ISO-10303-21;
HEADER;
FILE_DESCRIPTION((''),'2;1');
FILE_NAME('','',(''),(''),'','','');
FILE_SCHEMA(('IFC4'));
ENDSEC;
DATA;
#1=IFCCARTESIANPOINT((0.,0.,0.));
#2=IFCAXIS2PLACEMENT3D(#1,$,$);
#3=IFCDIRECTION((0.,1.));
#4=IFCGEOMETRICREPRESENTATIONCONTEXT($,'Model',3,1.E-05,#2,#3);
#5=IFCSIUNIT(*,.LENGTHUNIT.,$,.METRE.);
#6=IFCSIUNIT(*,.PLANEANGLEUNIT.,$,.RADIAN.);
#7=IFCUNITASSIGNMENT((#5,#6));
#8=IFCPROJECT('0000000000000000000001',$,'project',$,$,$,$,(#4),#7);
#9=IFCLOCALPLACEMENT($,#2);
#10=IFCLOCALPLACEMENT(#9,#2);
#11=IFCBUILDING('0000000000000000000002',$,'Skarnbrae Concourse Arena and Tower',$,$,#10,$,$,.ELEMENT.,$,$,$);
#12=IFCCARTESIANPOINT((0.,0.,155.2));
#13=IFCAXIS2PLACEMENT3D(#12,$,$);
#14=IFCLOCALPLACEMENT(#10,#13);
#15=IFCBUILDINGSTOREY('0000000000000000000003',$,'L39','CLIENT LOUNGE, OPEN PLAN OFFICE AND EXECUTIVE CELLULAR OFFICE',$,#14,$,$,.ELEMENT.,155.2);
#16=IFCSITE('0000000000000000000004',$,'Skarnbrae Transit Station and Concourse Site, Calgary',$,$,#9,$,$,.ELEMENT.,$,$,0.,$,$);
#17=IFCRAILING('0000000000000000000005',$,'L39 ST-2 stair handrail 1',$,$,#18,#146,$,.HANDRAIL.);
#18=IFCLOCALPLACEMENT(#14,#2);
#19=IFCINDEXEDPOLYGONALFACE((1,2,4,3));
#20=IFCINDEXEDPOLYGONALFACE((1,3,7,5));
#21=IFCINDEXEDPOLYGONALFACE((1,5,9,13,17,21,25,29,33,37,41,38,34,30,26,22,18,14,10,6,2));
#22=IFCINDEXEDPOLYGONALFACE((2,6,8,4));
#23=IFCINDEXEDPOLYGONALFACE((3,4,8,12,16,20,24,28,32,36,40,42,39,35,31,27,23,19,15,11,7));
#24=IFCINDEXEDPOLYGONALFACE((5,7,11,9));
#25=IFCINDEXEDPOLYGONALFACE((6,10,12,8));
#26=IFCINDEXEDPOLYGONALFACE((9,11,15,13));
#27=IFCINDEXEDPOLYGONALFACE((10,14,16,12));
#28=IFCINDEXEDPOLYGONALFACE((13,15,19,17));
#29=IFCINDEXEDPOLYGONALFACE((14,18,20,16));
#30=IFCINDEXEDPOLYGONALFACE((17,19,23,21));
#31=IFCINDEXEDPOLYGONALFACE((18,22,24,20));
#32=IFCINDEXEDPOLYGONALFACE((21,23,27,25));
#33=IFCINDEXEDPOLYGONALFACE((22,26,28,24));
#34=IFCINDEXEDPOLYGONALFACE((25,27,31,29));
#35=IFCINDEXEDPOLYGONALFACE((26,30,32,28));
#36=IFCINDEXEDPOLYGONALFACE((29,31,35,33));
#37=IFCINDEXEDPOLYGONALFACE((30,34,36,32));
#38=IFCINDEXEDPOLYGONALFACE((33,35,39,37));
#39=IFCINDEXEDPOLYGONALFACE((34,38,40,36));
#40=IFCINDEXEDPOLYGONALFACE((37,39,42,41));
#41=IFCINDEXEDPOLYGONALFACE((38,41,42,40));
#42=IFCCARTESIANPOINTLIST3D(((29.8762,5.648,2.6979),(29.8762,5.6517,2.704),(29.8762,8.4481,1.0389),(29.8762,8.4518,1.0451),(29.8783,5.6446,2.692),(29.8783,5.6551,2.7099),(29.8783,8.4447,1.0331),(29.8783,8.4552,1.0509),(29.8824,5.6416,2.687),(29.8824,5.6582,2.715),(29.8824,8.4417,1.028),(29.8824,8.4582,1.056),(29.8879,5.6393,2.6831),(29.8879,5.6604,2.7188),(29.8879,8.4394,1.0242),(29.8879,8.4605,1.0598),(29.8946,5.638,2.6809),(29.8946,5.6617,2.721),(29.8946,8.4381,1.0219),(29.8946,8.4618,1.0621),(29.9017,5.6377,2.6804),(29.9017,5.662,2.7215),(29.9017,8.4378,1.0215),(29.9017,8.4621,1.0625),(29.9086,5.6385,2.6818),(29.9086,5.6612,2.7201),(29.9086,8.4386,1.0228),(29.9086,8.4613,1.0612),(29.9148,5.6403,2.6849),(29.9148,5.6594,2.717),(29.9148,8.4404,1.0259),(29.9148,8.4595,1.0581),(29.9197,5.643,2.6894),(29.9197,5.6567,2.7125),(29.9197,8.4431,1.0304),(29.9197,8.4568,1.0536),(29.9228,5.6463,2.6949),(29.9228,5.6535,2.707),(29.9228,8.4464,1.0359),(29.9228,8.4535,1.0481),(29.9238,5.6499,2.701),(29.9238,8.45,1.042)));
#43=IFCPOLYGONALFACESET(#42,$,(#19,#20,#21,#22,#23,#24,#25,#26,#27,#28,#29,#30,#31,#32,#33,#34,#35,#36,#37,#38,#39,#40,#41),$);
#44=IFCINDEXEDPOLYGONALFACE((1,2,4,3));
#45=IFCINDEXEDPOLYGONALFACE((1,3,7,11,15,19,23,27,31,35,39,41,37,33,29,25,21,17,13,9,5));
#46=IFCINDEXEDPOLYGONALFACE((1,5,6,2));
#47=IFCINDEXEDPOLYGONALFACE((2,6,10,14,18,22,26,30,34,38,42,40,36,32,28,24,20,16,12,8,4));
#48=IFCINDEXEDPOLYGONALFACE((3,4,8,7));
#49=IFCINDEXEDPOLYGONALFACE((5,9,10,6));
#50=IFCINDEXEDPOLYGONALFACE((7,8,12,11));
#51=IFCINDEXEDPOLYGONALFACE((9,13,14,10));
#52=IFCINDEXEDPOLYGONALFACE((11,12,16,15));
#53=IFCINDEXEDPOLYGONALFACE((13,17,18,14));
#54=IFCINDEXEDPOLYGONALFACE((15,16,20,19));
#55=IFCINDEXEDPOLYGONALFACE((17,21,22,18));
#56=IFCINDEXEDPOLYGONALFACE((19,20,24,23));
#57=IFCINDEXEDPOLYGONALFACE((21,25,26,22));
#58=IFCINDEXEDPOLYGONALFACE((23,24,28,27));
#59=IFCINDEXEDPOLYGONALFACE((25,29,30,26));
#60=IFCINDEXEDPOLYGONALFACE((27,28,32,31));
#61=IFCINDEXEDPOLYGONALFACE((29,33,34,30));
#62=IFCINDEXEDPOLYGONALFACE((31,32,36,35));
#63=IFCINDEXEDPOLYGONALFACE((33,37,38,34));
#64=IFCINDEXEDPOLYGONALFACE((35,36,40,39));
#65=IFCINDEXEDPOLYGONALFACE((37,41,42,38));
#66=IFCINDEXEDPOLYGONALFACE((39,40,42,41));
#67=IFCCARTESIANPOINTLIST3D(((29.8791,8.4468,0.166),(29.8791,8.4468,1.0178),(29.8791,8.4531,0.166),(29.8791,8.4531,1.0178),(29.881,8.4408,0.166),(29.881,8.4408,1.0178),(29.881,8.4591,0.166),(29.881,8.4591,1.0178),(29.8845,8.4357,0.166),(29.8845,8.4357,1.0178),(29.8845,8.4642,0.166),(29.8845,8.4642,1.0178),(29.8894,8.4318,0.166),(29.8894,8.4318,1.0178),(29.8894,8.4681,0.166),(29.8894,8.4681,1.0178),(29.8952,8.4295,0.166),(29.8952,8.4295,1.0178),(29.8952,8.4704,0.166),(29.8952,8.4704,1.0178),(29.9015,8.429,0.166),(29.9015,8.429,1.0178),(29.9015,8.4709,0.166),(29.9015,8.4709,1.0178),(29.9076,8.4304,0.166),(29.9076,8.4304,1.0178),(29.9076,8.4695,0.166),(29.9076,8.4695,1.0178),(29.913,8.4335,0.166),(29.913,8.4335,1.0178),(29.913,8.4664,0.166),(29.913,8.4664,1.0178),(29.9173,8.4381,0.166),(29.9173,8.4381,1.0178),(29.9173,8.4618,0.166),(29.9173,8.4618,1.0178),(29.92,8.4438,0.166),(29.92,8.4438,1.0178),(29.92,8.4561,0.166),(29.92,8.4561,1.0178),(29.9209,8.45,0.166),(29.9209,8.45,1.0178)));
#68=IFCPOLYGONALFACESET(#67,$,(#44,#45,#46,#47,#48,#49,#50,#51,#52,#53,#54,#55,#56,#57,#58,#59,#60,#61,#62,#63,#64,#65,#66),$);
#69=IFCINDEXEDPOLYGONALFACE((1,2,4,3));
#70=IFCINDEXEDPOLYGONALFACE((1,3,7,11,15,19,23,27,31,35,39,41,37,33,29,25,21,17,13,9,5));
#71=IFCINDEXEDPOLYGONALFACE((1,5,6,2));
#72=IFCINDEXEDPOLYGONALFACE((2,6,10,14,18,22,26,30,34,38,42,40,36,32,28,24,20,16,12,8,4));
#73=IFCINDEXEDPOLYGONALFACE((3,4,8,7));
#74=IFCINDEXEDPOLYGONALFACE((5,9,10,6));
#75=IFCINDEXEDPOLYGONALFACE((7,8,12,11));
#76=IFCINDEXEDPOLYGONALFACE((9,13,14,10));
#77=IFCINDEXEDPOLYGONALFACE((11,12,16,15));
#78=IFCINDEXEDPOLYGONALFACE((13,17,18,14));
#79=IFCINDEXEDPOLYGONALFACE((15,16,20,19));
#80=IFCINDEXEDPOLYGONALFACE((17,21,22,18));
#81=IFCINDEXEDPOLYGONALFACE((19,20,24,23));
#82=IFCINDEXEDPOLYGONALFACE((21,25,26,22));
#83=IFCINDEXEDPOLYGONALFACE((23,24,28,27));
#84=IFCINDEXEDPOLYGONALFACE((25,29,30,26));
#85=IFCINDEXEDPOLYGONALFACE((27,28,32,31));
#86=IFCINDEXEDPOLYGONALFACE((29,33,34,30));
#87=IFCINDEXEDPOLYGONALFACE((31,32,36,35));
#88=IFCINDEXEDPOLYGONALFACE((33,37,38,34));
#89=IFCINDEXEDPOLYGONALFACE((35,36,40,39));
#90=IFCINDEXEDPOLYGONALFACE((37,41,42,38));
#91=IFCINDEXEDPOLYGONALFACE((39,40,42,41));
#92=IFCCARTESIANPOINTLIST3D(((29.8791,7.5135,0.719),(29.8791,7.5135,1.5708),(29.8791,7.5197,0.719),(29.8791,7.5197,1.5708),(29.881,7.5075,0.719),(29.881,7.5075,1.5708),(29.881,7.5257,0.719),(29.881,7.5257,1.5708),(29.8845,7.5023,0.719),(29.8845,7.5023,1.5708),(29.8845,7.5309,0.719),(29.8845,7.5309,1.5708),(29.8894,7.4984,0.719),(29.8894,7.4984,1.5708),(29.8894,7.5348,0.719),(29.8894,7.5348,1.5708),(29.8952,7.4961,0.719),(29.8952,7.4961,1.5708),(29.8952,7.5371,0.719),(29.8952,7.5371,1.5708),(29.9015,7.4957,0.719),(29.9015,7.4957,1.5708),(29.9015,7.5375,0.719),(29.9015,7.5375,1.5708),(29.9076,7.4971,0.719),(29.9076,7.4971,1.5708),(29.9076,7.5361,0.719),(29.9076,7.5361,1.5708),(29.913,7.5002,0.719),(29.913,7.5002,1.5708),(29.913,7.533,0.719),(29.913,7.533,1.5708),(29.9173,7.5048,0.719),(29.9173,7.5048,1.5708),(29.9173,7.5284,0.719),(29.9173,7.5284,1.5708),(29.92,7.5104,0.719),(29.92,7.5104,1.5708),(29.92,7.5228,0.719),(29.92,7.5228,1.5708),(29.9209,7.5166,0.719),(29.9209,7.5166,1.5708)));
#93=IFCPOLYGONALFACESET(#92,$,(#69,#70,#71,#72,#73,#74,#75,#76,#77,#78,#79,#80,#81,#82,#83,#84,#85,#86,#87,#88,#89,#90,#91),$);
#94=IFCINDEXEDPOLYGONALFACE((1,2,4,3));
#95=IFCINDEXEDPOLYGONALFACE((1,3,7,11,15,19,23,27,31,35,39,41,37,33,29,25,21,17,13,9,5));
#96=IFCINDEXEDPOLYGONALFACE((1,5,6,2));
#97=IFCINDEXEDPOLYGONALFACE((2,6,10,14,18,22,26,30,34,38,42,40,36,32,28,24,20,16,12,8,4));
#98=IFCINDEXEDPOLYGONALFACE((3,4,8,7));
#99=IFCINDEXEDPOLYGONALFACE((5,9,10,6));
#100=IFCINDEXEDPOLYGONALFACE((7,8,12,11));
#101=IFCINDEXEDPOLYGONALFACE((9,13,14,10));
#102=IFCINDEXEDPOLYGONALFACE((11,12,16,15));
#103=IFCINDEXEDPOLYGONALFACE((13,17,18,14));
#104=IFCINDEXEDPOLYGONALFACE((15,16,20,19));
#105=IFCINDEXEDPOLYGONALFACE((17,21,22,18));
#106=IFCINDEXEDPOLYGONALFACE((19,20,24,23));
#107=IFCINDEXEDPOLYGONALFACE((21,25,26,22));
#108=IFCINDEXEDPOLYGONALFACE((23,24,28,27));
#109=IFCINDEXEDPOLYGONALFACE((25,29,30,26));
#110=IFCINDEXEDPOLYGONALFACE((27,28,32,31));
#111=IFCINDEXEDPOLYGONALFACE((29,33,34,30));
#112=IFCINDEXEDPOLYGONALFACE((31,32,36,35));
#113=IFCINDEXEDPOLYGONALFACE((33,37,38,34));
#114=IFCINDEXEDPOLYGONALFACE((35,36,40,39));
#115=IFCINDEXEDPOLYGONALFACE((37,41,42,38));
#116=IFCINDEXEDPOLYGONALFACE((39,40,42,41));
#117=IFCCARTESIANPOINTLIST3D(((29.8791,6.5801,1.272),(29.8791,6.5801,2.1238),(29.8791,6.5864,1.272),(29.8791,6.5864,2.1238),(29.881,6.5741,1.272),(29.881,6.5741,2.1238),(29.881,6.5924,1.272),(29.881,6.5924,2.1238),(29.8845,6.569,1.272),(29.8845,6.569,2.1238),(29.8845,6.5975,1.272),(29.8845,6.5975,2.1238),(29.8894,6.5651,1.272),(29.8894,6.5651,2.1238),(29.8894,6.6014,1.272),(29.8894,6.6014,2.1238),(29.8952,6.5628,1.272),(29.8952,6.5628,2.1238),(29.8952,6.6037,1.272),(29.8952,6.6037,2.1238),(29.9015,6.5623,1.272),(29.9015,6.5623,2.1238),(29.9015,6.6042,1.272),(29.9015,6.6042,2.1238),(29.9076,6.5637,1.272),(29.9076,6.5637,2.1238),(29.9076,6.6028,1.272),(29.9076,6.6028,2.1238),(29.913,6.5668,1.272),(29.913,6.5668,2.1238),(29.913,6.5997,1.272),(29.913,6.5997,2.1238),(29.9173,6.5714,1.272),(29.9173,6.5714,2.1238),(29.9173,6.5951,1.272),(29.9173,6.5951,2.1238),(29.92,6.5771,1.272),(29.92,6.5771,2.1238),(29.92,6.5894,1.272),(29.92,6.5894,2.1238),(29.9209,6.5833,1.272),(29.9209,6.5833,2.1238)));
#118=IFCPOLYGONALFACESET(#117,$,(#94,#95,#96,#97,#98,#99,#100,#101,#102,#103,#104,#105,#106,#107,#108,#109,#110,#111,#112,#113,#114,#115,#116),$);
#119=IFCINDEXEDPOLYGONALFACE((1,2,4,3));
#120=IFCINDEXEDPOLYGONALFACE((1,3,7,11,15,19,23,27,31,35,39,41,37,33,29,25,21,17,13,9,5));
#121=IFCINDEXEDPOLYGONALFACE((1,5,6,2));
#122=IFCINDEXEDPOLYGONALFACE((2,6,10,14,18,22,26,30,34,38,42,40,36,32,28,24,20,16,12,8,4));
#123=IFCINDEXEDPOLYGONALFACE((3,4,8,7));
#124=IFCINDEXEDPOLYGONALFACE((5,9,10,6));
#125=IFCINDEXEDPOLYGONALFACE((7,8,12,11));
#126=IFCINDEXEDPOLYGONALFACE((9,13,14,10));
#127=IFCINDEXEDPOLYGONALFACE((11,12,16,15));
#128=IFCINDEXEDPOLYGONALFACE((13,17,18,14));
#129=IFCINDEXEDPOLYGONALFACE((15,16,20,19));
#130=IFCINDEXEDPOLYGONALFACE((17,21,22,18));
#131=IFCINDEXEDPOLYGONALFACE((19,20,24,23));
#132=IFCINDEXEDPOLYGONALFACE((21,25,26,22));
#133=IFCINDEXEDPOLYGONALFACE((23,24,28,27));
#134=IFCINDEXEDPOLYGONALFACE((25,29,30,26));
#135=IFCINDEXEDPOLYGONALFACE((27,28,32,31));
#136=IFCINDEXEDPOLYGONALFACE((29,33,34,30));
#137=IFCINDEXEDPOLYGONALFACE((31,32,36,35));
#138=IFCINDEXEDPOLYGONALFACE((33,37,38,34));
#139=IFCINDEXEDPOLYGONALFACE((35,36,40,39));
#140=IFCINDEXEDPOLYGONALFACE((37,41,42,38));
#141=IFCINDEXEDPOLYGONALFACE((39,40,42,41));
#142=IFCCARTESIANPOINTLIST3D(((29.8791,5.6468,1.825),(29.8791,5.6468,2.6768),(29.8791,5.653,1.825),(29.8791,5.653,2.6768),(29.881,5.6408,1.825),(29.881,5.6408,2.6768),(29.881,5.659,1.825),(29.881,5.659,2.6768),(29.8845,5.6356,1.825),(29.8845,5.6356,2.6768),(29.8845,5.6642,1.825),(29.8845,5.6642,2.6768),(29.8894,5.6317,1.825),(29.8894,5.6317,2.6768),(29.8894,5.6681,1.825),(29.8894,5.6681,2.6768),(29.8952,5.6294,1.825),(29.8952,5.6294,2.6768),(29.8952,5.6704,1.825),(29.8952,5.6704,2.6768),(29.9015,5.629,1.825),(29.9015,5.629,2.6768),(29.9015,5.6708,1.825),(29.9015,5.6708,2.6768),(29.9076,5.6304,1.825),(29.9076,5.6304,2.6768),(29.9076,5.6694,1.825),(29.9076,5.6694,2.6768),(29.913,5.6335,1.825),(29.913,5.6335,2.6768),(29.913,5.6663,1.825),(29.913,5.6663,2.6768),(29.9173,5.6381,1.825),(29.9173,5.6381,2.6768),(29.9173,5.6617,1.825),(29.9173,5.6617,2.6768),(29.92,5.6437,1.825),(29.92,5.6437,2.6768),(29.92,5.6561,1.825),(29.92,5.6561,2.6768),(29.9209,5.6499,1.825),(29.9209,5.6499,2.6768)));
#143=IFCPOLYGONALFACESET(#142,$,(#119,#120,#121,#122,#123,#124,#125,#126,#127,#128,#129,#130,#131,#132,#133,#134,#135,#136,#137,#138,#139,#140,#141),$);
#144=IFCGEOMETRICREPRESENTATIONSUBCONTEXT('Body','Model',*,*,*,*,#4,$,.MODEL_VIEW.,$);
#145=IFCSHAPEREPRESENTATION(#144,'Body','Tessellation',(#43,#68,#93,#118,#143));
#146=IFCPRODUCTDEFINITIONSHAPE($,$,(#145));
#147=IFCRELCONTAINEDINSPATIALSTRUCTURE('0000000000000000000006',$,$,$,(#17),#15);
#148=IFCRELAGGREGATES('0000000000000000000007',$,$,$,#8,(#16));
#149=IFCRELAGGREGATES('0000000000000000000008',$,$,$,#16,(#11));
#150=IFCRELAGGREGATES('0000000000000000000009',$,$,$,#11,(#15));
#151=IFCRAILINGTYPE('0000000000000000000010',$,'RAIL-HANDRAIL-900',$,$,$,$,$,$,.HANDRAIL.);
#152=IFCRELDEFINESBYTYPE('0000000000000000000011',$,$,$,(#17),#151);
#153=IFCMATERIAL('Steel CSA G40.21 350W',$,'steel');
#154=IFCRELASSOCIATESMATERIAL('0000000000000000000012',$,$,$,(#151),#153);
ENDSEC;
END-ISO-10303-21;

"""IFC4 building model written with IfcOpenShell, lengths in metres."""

from ifc_helpers import new_model, si_unit, direction, frame, origin, origin_2d, place, context, subcontext, project, spatial, circle, extrude, material, type_object, element, save


model = new_model("IFC4")

# Units and contexts
model_context = context("Model", 3, precision=1e-05, world=origin(), true_north=direction((0.0, 1.0)))
body_context = subcontext(model_context, "Body", "Model", "MODEL_VIEW")
ifc_project = project(units=[si_unit("LENGTHUNIT", "METRE"), si_unit("PLANEANGLEUNIT", "RADIAN")], contexts=[model_context])

# Site, building, storey
site_placement = place(None, origin())
site = spatial("IfcSite", under=ifc_project, at=site_placement, Name="Skarnbrae Transit Station and Concourse Site, Calgary", CompositionType="ELEMENT", RefElevation=0.0)
building_placement = place(site_placement, origin())
building = spatial("IfcBuilding", under=site, at=building_placement, Name="Skarnbrae Concourse Arena and Tower", CompositionType="ELEMENT")
storey_placement = place(building_placement, frame((0.0, 0.0, 155.2)))
storey = spatial("IfcBuildingStorey", under=building, at=storey_placement, Name="L39", Description="CLIENT LOUNGE, OPEN PLAN OFFICE AND EXECUTIVE CELLULAR OFFICE", CompositionType="ELEMENT", Elevation=155.2)

# Shared definitions
ifc_material_1 = material(Name="Steel CSA G40.21 350W", Category="steel")

# Railing
railing_type_1 = type_object("IfcRailingType", Name="RAIL-HANDRAIL-900", PredefinedType="HANDRAIL", material=ifc_material_1)
railing_1_placement = place(storey_placement, frame((29.8999, 8.45, 0.166)))
element("IfcRailing", 1, at=railing_1_placement, inside=storey, type_object=railing_type_1, Name="L39 ST-2 stair handrail 1", PredefinedType="HANDRAIL", context=body_context, shape_type="SweptSolid", body=[
    extrude(circle(Radius=0.0239, at=origin_2d()), frame((0.0, 0.0, 0.876), z_axis=(0.0, -0.860339, 0.509722), x_axis=(1.0, 0.0, 0.0)), (0.0, 0.0, 1.0), 3.2546),
    extrude(circle(Radius=0.021, at=origin_2d()), origin(), (0.0, 0.0, 1.0), 0.8518),
    extrude(circle(Radius=0.021, at=origin_2d()), frame((0.0, -0.9333, 0.553)), (0.0, 0.0, 1.0), 0.8518),
    extrude(circle(Radius=0.021, at=origin_2d()), frame((0.0, -1.8667, 1.106)), (0.0, 0.0, 1.0), 0.8518),
    extrude(circle(Radius=0.021, at=origin_2d()), frame((0.0, -2.8, 1.6589)), (0.0, 0.0, 1.0), 0.8518),
])

save(model, "model.ifc")
